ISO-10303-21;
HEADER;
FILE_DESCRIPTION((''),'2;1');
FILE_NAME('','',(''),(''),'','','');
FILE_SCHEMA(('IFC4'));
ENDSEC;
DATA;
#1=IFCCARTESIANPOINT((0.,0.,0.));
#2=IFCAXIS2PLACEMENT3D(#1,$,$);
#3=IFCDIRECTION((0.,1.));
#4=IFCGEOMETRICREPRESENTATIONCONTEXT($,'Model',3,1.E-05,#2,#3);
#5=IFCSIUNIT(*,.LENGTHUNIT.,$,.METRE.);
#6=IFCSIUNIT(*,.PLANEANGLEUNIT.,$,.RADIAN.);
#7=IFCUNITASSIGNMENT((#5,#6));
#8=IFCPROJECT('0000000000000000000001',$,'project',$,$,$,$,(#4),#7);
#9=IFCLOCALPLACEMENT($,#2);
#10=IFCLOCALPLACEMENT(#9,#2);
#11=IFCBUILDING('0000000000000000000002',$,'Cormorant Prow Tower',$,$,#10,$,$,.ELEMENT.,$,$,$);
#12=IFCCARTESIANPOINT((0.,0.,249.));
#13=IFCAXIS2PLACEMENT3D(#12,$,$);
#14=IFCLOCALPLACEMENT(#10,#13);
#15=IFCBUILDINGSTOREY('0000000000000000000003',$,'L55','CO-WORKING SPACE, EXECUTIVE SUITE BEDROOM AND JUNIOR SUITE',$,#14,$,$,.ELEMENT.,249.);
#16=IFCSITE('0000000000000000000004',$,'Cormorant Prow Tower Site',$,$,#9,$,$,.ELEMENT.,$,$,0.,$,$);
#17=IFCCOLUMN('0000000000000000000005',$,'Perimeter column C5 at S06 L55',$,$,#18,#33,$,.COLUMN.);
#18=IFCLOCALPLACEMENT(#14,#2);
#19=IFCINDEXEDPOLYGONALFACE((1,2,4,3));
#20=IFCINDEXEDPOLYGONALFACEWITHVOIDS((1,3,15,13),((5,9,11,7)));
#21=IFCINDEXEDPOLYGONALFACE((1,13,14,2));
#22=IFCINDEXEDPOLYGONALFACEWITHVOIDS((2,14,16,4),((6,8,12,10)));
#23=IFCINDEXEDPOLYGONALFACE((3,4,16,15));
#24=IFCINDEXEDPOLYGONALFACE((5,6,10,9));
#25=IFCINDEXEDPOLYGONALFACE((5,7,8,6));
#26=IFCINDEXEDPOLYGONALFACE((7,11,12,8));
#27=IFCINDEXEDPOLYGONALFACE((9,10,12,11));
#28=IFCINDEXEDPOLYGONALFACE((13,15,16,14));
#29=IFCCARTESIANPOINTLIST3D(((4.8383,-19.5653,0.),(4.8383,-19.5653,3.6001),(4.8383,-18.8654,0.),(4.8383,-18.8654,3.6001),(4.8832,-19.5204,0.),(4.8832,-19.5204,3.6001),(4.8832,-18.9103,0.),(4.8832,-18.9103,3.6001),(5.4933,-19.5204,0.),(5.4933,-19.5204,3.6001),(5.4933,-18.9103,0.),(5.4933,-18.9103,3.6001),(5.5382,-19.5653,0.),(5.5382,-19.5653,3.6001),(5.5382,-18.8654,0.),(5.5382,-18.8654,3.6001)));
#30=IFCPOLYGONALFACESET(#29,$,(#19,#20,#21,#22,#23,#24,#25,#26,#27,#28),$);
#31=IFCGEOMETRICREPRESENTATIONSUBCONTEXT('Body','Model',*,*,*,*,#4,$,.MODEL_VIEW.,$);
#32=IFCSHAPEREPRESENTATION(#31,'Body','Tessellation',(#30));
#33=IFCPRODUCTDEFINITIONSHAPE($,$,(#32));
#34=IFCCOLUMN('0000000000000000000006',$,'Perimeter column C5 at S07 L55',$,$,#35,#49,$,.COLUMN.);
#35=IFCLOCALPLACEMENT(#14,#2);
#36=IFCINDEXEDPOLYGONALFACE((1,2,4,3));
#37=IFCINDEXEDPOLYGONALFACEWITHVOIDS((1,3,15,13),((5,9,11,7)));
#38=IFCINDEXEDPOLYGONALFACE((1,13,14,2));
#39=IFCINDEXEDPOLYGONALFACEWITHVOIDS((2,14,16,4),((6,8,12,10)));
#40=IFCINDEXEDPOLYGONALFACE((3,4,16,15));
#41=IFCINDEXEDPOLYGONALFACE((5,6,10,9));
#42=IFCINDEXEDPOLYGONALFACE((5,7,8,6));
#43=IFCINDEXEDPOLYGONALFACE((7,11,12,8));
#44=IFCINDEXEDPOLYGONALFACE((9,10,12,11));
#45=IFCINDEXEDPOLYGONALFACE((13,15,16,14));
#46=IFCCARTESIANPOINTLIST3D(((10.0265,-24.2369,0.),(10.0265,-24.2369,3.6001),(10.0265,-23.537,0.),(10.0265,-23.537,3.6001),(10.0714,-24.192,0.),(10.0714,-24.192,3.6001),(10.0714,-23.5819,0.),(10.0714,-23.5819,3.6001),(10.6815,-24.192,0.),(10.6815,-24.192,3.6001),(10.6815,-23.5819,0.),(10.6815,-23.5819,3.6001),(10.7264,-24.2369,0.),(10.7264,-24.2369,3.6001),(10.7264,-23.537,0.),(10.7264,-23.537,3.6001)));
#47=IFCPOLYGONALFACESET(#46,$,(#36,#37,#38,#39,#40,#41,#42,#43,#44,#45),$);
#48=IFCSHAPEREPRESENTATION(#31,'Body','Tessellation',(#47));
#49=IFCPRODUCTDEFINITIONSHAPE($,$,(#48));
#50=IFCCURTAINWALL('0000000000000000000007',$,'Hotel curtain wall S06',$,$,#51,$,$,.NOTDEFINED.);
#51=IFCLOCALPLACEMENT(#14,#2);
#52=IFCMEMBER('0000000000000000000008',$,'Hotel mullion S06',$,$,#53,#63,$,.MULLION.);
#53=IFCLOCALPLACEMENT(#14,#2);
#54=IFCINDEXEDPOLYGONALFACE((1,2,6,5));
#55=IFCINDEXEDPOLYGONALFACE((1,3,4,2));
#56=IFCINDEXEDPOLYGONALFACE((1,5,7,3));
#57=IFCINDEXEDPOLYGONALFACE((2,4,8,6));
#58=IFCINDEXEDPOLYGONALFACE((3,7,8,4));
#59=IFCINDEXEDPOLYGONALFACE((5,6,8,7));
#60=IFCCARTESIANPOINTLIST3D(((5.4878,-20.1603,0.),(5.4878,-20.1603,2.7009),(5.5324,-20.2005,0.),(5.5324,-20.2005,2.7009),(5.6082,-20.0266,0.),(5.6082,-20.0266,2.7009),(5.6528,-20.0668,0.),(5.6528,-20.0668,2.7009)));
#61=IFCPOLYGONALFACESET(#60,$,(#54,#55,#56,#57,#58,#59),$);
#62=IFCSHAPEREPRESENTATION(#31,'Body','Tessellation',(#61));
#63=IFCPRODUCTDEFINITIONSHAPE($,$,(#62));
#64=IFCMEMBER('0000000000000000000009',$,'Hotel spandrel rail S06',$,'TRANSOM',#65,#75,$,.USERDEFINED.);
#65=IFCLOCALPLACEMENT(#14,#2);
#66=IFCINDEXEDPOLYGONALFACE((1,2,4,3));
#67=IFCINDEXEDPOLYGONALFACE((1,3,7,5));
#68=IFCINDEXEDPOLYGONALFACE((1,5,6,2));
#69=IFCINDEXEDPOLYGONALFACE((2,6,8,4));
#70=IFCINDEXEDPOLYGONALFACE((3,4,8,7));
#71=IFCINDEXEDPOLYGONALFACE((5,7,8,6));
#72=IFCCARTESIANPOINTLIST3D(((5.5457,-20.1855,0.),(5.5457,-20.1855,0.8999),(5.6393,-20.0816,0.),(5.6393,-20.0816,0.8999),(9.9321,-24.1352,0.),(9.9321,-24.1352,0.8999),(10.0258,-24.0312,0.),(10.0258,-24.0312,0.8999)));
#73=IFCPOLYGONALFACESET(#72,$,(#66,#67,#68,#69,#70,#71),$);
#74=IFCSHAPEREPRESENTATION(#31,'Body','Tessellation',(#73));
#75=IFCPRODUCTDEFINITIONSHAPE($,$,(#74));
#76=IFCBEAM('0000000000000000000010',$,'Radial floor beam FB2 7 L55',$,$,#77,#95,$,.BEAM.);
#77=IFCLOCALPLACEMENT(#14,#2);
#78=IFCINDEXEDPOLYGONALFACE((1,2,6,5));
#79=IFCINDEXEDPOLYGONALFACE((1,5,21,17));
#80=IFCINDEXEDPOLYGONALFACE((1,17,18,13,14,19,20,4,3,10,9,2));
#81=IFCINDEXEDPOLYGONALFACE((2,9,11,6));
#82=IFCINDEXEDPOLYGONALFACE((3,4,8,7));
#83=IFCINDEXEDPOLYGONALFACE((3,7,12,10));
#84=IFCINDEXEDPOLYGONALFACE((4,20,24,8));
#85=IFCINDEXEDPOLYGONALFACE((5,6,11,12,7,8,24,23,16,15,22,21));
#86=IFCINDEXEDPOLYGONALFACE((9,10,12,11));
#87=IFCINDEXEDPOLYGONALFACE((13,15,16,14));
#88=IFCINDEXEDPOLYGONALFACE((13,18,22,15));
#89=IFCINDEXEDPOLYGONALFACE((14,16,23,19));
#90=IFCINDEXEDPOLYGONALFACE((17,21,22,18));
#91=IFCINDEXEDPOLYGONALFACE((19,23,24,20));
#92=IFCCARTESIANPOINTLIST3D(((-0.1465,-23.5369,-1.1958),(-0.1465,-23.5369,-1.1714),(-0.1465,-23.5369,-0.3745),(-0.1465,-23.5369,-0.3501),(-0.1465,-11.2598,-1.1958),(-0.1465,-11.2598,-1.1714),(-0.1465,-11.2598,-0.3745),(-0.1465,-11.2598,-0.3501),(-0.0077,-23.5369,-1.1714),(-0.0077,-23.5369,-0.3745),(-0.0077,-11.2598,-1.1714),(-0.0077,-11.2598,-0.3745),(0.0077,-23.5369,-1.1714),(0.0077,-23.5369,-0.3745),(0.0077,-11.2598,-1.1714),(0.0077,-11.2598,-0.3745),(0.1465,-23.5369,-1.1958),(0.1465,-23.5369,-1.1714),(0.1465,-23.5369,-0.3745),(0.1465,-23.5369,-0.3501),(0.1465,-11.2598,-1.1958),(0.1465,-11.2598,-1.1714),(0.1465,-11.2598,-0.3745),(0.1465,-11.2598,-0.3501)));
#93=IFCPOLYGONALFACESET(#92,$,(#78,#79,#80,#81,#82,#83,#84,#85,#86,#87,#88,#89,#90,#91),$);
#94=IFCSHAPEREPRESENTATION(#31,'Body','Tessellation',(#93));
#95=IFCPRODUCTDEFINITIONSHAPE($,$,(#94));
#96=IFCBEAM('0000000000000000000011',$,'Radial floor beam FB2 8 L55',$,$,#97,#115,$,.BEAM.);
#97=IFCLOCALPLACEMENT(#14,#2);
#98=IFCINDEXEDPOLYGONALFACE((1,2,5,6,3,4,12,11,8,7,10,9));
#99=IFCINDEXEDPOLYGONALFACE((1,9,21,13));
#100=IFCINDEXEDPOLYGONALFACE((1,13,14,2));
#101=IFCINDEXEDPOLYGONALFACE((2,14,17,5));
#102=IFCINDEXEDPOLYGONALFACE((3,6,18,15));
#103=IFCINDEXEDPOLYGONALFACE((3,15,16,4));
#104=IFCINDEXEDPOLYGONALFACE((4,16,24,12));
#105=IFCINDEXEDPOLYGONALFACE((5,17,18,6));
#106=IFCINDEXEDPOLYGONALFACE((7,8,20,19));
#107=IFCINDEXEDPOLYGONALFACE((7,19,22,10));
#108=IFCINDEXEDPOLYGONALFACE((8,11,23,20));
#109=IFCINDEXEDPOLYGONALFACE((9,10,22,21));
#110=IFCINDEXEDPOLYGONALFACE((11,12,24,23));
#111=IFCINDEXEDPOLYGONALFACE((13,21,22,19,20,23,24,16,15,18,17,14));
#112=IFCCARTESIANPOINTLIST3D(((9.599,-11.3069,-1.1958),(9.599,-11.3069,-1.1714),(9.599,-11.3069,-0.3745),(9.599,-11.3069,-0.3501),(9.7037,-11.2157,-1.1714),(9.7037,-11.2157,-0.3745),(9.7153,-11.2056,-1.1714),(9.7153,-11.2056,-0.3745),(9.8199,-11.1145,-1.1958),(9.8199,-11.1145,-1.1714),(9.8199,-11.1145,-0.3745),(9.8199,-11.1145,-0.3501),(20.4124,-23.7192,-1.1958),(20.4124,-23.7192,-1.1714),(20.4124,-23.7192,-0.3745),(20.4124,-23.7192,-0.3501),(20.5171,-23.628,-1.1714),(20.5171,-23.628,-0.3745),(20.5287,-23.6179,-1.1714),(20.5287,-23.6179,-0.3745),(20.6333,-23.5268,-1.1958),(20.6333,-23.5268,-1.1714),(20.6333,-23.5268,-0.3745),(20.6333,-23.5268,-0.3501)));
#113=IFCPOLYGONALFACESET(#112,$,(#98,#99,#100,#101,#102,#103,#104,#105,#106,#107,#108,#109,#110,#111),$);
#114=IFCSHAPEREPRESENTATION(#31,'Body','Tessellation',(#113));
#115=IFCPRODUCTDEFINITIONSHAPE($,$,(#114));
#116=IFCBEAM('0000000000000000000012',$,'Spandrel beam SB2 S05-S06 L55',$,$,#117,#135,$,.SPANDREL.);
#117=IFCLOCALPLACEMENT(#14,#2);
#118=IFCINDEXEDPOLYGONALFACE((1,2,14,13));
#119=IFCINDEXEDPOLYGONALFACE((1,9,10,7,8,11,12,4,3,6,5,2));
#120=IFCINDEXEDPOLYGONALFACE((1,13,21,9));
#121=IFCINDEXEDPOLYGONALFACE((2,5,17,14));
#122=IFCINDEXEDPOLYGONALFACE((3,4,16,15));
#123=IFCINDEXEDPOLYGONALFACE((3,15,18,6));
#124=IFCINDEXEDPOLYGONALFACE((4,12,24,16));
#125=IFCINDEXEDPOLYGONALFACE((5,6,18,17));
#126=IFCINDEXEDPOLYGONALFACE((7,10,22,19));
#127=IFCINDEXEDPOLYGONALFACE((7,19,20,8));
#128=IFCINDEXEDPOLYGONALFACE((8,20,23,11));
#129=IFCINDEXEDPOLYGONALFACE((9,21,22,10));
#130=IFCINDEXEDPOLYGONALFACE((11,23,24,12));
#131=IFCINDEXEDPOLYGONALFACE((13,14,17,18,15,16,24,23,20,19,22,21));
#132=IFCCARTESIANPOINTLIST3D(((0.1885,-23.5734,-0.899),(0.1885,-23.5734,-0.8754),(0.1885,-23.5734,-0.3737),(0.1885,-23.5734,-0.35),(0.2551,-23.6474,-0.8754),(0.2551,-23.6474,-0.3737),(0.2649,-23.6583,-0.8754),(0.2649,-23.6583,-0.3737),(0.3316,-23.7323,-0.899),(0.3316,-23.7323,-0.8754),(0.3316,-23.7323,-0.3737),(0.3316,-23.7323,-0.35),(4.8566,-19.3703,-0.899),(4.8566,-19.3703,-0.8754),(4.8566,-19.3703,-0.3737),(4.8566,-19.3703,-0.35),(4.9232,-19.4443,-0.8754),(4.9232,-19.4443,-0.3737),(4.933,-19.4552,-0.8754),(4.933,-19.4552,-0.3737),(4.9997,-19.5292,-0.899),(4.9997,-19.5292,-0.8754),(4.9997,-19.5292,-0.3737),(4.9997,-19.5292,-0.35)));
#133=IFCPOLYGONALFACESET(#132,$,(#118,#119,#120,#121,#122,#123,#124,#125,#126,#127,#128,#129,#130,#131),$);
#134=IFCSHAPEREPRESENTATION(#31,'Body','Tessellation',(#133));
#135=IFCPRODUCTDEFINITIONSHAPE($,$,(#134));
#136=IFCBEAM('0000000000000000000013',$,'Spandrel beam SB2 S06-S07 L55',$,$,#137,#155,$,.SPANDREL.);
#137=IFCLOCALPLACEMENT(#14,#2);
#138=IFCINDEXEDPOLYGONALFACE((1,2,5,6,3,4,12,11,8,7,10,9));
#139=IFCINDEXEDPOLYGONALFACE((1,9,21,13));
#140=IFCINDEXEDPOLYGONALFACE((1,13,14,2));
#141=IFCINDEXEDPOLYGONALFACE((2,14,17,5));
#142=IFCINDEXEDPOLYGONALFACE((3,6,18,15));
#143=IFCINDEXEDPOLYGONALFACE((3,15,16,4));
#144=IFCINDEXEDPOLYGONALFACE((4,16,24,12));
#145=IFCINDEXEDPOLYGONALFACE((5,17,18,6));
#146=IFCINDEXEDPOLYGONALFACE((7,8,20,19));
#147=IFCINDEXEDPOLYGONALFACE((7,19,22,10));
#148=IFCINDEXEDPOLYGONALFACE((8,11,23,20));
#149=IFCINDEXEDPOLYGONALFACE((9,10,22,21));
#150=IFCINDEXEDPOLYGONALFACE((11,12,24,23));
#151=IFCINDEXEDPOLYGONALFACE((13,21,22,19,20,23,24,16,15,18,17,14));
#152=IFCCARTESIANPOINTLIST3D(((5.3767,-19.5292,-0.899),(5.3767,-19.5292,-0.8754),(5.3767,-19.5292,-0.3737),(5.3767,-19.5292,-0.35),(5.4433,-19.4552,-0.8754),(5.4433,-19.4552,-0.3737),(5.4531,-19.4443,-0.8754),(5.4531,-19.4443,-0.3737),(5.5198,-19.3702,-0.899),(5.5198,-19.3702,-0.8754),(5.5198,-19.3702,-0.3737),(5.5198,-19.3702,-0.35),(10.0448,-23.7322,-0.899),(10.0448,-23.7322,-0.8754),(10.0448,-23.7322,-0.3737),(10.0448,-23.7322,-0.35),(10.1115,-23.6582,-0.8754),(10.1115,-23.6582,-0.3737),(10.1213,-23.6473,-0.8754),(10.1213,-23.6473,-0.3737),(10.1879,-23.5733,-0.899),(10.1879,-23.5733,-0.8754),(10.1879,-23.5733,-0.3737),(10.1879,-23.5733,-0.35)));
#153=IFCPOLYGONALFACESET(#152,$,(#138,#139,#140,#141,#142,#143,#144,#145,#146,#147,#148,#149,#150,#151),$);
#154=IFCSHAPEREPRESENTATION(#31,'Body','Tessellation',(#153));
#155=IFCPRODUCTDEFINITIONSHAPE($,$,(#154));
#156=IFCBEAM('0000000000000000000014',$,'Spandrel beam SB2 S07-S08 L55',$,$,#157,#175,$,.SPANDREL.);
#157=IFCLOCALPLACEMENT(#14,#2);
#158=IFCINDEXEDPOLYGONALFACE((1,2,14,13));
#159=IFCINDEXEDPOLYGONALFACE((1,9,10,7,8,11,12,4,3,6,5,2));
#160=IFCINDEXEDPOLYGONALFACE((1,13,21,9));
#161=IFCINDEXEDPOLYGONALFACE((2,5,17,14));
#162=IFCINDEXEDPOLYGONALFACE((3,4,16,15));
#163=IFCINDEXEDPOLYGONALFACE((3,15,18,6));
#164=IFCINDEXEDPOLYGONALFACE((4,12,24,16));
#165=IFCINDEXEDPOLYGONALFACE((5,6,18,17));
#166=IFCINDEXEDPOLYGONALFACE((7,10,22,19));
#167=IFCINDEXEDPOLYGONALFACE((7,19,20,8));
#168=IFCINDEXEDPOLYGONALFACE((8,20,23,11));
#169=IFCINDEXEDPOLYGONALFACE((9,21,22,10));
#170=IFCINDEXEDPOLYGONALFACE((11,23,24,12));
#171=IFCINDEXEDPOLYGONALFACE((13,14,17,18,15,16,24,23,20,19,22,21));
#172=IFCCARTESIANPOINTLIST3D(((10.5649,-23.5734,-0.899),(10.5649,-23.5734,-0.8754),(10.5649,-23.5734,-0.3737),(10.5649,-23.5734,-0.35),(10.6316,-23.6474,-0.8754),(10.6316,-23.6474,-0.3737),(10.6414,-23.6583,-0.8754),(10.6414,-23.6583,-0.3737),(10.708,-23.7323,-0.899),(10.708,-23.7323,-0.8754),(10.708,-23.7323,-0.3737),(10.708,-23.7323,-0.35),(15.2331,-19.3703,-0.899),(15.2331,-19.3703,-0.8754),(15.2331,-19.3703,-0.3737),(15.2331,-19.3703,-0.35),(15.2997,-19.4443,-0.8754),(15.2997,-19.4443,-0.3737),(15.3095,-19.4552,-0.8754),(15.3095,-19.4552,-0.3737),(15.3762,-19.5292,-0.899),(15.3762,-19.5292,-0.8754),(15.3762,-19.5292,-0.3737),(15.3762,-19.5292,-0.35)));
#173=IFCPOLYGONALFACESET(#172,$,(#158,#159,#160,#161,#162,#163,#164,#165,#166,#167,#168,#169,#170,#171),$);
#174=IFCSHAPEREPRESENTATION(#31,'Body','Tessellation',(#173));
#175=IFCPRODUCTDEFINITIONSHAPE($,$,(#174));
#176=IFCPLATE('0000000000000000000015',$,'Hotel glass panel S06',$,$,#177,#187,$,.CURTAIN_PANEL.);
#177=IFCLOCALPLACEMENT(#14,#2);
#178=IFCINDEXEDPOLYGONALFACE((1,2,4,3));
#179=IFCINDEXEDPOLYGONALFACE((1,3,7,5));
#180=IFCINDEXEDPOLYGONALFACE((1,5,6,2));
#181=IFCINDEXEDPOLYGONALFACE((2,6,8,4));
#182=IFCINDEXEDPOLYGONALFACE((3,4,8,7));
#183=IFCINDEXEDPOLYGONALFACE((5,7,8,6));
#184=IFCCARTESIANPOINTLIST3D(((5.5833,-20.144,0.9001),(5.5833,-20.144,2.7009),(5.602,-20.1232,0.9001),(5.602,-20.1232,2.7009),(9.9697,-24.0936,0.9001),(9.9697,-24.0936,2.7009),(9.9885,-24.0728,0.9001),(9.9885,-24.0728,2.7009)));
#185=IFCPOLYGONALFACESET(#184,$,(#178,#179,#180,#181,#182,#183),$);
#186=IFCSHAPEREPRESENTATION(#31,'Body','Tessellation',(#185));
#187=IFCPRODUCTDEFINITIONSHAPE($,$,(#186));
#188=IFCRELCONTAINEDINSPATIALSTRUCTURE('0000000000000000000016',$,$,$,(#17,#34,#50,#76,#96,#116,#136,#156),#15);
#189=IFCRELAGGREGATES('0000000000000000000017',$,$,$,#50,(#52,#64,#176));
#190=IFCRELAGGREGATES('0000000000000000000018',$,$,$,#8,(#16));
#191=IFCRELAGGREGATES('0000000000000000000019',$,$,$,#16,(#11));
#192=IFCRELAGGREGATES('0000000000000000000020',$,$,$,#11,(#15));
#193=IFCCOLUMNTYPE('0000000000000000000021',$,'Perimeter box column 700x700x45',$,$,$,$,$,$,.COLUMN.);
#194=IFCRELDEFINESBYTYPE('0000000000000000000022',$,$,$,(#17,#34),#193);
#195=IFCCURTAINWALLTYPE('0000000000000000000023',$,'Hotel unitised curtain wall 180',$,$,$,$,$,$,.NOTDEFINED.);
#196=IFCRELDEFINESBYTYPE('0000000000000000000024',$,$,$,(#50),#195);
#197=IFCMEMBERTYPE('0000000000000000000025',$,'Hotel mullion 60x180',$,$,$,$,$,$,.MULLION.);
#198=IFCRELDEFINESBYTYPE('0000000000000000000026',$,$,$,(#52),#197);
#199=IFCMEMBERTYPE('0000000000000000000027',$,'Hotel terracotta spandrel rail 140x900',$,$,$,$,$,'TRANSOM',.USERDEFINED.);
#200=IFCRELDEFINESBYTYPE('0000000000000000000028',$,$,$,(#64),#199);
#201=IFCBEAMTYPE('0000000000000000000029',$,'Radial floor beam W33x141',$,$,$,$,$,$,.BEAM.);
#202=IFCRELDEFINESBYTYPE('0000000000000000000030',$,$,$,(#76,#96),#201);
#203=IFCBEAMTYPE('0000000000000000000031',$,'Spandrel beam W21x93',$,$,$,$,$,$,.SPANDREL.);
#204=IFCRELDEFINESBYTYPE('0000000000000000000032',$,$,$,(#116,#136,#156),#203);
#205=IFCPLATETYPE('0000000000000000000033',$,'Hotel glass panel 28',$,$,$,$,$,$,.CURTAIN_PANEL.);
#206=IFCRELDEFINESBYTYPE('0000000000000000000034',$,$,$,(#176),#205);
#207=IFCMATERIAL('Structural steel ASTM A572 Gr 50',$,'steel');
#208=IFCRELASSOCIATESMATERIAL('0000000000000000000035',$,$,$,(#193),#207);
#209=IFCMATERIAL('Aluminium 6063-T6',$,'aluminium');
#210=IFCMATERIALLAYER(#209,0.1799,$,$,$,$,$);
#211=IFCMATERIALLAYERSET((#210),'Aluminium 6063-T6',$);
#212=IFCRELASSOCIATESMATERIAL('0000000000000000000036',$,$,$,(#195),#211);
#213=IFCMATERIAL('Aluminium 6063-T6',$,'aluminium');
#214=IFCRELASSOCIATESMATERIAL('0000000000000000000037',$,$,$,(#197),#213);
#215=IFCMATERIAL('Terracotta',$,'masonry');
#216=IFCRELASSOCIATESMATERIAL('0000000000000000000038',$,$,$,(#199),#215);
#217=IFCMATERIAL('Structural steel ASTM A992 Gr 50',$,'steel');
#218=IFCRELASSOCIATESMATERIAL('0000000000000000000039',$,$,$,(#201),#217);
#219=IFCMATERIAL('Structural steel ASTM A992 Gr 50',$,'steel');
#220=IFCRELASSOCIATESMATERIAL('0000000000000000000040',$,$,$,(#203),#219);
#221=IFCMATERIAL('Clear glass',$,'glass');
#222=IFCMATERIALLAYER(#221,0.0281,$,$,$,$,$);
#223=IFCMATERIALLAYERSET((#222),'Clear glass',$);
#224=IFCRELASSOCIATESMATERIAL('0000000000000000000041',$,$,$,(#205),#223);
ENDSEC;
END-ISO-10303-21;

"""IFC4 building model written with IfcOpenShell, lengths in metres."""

from ifc_helpers import new_model, si_unit, direction, frame, origin, origin_2d, place, context, subcontext, project, spatial, rectangle, hollow_rectangle, i_section, extrude, material, layer, layer_set, material_profile, profile_set, type_object, element, aggregate, save


model = new_model("IFC4")

# Units and contexts
model_context = context("Model", 3, precision=1e-05, world=origin(), true_north=direction((0.0, 1.0)))
body_context = subcontext(model_context, "Body", "Model", "MODEL_VIEW")
ifc_project = project(units=[si_unit("LENGTHUNIT", "METRE"), si_unit("PLANEANGLEUNIT", "RADIAN")], contexts=[model_context])

# Site, building, storey
site_placement = place(None, origin())
site = spatial("IfcSite", under=ifc_project, at=site_placement, Name="Cormorant Prow Tower Site", CompositionType="ELEMENT", RefElevation=0.0)
building_placement = place(site_placement, origin())
building = spatial("IfcBuilding", under=site, at=building_placement, Name="Cormorant Prow Tower", CompositionType="ELEMENT")
storey_placement = place(building_placement, frame((0.0, 0.0, 249.0)))
storey = spatial("IfcBuildingStorey", under=building, at=storey_placement, Name="L55", Description="CO-WORKING SPACE, EXECUTIVE SUITE BEDROOM AND JUNIOR SUITE", CompositionType="ELEMENT", Elevation=249.0)

# Columns
ifc_material_1 = material(Name="Structural steel ASTM A572 Gr 50", Category="steel")
ifc_material_profile_1 = material_profile(ifc_material_1, hollow_rectangle(XDim=0.7, YDim=0.7, WallThickness=0.0449, at=origin_2d()), Name="Box 700x700x45")
ifc_profile_set_1 = profile_set([ifc_material_profile_1], Name="Structural steel ASTM A572 Gr 50")
column_type = type_object("IfcColumnType", Name="Perimeter box column 700x700x45", PredefinedType="COLUMN", material=ifc_profile_set_1)
for number, where, z_axis, x_axis, name in (
    (1, (5.1882, -19.2153, 0.0), (0.0, 0.0, 1.0), (1.0, 0.0, 0.0), "Perimeter column C5 at S06 L55"),
    (2, (10.3765, -23.887, 0.0), (0.0, 0.0, 1.0), (1.0, 0.0, 0.0), "Perimeter column C5 at S07 L55"),
):
    element("IfcColumn", number, at=place(storey_placement, frame(where, z_axis=z_axis, x_axis=x_axis)), inside=storey, type_object=column_type, Name=name, PredefinedType="COLUMN", context=body_context, shape_type="SweptSolid", body=[
        extrude(hollow_rectangle(XDim=0.7, YDim=0.7, WallThickness=0.0449, at=origin_2d()), origin(), (0.0, 0.0, 1.0), 3.6001),
    ])

# Curtain wall, members
ifc_material_2 = material(Name="Aluminium 6063-T6", Category="aluminium")
ifc_layer_1 = layer(ifc_material_2, 0.1799)
ifc_layer_set_1 = layer_set([ifc_layer_1], Name="Aluminium 6063-T6")
curtain_wall_type = type_object("IfcCurtainWallType", Name="Hotel unitised curtain wall 180", PredefinedType="NOTDEFINED", material=ifc_layer_set_1)
curtain_wall_placement = place(storey_placement, origin())
curtain_wall = element("IfcCurtainWall", 3, at=curtain_wall_placement, inside=storey, type_object=curtain_wall_type, Name="Hotel curtain wall S06", PredefinedType="NOTDEFINED")
ifc_material_3 = material(Name="Aluminium 6063-T6", Category="aluminium")
ifc_material_profile_2 = material_profile(ifc_material_3, rectangle(XDim=0.1799, YDim=0.0601, at=origin_2d()), Name="Hotel mullion 60x180")
ifc_profile_set_2 = profile_set([ifc_material_profile_2], Name="Aluminium 6063-T6")
member_type_1 = type_object("IfcMemberType", Name="Hotel mullion 60x180", PredefinedType="MULLION", material=ifc_profile_set_2)
member_1_placement = place(storey_placement, frame((5.5703, -20.1135, 0.0), z_axis=(0.0, 0.0, 1.0), x_axis=(0.669131, 0.743145, 0.0)))
member_1 = element("IfcMember", 4, at=member_1_placement, type_object=member_type_1, Name="Hotel mullion S06", PredefinedType="MULLION", context=body_context, shape_type="SweptSolid", body=[
    extrude(rectangle(XDim=0.1799, YDim=0.0601, at=origin_2d()), origin(), (0.0, 0.0, 1.0), 2.7009),
])
ifc_material_4 = material(Name="Terracotta", Category="masonry")
ifc_material_profile_3 = material_profile(ifc_material_4, rectangle(XDim=0.1399, YDim=0.8999, at=origin_2d()), Name="Hotel terracotta spandrel rail 140x900")
ifc_profile_set_3 = profile_set([ifc_material_profile_3], Name="Terracotta")
member_type_2 = type_object("IfcMemberType", Name="Hotel terracotta spandrel rail 140x900", ElementType="TRANSOM", PredefinedType="USERDEFINED", material=ifc_profile_set_3)
member_2_placement = place(storey_placement, frame((5.5925, -20.1335, 0.45), z_axis=(0.743136, -0.669141, 0.0), x_axis=(0.669141, 0.743136, 0.0)))
member_2 = element("IfcMember", 5, at=member_2_placement, type_object=member_type_2, Name="Hotel spandrel rail S06", ObjectType="TRANSOM", PredefinedType="USERDEFINED", context=body_context, shape_type="SweptSolid", body=[
    extrude(rectangle(XDim=0.1399, YDim=0.8999, at=origin_2d()), origin(), (0.0, 0.0, 1.0), 5.9026),
])

# Beams
ifc_material_5 = material(Name="Structural steel ASTM A992 Gr 50", Category="steel")
ifc_material_profile_4 = material_profile(ifc_material_5, i_section(OverallWidth=0.293, OverallDepth=0.8457, WebThickness=0.0154, FlangeThickness=0.0244, at=origin_2d()), Name="W33x141")
ifc_profile_set_4 = profile_set([ifc_material_profile_4], Name="Structural steel ASTM A992 Gr 50")
beam_type_1 = type_object("IfcBeamType", Name="Radial floor beam W33x141", PredefinedType="BEAM", material=ifc_profile_set_4)
beam_1_placement = place(storey_placement, frame((0.0, -11.2598, -0.7729), z_axis=(0.0, -1.0, 0.0), x_axis=(1.0, 0.0, 0.0)))
element("IfcBeam", 6, at=beam_1_placement, inside=storey, type_object=beam_type_1, Name="Radial floor beam FB2 7 L55", PredefinedType="BEAM", context=body_context, shape_type="SweptSolid", body=[
    extrude(i_section(OverallWidth=0.293, OverallDepth=0.8457, WebThickness=0.0154, FlangeThickness=0.0244, at=origin_2d()), origin(), (0.0, 0.0, 1.0), 12.2771),
])
beam_2_placement = place(storey_placement, frame((9.7095, -11.2107, -0.7729), z_axis=(0.656875, -0.754, 0.0), x_axis=(0.754, 0.656875, 0.0)))
element("IfcBeam", 7, at=beam_2_placement, inside=storey, type_object=beam_type_1, Name="Radial floor beam FB2 8 L55", PredefinedType="BEAM", context=body_context, shape_type="SweptSolid", body=[
    extrude(i_section(OverallWidth=0.293, OverallDepth=0.8457, WebThickness=0.0154, FlangeThickness=0.0244, at=origin_2d()), origin(), (0.0, 0.0, 1.0), 16.4619),
])
ifc_material_6 = material(Name="Structural steel ASTM A992 Gr 50", Category="steel")
ifc_material_profile_5 = material_profile(ifc_material_6, i_section(OverallWidth=0.2139, OverallDepth=0.5491, WebThickness=0.0146, FlangeThickness=0.0237, at=origin_2d()), Name="W21x93")
ifc_profile_set_5 = profile_set([ifc_material_profile_5], Name="Structural steel ASTM A992 Gr 50")
beam_type_2 = type_object("IfcBeamType", Name="Spandrel beam W21x93", PredefinedType="SPANDREL", material=ifc_profile_set_5)
for number, where, z_axis, x_axis, name in (
    (8, (0.26, -23.6528, -0.6245), (0.743157, 0.669117, 0.0), (-0.669117, 0.743157, 0.0), "Spandrel beam SB2 S05-S06 L55"),
    (9, (5.4482, -19.4497, -0.6245), (0.743157, -0.669117, 0.0), (0.669117, 0.743157, 0.0), "Spandrel beam SB2 S06-S07 L55"),
    (10, (10.6365, -23.6528, -0.6245), (0.743157, 0.669117, 0.0), (-0.669117, 0.743157, 0.0), "Spandrel beam SB2 S07-S08 L55"),
):
    element("IfcBeam", number, at=place(storey_placement, frame(where, z_axis=z_axis, x_axis=x_axis)), inside=storey, type_object=beam_type_2, Name=name, PredefinedType="SPANDREL", context=body_context, shape_type="SweptSolid", body=[
        extrude(i_section(OverallWidth=0.2139, OverallDepth=0.5491, WebThickness=0.0146, FlangeThickness=0.0237, at=origin_2d()), origin(), (0.0, 0.0, 1.0), 6.2815),
    ])

# Plate
ifc_material_7 = material(Name="Clear glass", Category="glass")
ifc_layer_2 = layer(ifc_material_7, 0.0281)
ifc_layer_set_2 = layer_set([ifc_layer_2], Name="Clear glass")
plate_type = type_object("IfcPlateType", Name="Hotel glass panel 28", PredefinedType="CURTAIN_PANEL", material=ifc_layer_set_2)
plate_placement = place(storey_placement, frame((7.7859, -22.1084, 0.9001), z_axis=(0.0, 0.0, 1.0), x_axis=(0.743145, -0.669131, 0.0)))
plate = element("IfcPlate", 11, at=plate_placement, type_object=plate_type, Name="Hotel glass panel S06", PredefinedType="CURTAIN_PANEL", context=body_context, shape_type="SweptSolid", body=[
    extrude(rectangle(XDim=5.9026, YDim=0.0281, at=origin_2d()), origin(), (0.0, 0.0, 1.0), 1.8008),
])
aggregate(curtain_wall, [member_1, member_2, plate])

save(model, "model.ifc")
